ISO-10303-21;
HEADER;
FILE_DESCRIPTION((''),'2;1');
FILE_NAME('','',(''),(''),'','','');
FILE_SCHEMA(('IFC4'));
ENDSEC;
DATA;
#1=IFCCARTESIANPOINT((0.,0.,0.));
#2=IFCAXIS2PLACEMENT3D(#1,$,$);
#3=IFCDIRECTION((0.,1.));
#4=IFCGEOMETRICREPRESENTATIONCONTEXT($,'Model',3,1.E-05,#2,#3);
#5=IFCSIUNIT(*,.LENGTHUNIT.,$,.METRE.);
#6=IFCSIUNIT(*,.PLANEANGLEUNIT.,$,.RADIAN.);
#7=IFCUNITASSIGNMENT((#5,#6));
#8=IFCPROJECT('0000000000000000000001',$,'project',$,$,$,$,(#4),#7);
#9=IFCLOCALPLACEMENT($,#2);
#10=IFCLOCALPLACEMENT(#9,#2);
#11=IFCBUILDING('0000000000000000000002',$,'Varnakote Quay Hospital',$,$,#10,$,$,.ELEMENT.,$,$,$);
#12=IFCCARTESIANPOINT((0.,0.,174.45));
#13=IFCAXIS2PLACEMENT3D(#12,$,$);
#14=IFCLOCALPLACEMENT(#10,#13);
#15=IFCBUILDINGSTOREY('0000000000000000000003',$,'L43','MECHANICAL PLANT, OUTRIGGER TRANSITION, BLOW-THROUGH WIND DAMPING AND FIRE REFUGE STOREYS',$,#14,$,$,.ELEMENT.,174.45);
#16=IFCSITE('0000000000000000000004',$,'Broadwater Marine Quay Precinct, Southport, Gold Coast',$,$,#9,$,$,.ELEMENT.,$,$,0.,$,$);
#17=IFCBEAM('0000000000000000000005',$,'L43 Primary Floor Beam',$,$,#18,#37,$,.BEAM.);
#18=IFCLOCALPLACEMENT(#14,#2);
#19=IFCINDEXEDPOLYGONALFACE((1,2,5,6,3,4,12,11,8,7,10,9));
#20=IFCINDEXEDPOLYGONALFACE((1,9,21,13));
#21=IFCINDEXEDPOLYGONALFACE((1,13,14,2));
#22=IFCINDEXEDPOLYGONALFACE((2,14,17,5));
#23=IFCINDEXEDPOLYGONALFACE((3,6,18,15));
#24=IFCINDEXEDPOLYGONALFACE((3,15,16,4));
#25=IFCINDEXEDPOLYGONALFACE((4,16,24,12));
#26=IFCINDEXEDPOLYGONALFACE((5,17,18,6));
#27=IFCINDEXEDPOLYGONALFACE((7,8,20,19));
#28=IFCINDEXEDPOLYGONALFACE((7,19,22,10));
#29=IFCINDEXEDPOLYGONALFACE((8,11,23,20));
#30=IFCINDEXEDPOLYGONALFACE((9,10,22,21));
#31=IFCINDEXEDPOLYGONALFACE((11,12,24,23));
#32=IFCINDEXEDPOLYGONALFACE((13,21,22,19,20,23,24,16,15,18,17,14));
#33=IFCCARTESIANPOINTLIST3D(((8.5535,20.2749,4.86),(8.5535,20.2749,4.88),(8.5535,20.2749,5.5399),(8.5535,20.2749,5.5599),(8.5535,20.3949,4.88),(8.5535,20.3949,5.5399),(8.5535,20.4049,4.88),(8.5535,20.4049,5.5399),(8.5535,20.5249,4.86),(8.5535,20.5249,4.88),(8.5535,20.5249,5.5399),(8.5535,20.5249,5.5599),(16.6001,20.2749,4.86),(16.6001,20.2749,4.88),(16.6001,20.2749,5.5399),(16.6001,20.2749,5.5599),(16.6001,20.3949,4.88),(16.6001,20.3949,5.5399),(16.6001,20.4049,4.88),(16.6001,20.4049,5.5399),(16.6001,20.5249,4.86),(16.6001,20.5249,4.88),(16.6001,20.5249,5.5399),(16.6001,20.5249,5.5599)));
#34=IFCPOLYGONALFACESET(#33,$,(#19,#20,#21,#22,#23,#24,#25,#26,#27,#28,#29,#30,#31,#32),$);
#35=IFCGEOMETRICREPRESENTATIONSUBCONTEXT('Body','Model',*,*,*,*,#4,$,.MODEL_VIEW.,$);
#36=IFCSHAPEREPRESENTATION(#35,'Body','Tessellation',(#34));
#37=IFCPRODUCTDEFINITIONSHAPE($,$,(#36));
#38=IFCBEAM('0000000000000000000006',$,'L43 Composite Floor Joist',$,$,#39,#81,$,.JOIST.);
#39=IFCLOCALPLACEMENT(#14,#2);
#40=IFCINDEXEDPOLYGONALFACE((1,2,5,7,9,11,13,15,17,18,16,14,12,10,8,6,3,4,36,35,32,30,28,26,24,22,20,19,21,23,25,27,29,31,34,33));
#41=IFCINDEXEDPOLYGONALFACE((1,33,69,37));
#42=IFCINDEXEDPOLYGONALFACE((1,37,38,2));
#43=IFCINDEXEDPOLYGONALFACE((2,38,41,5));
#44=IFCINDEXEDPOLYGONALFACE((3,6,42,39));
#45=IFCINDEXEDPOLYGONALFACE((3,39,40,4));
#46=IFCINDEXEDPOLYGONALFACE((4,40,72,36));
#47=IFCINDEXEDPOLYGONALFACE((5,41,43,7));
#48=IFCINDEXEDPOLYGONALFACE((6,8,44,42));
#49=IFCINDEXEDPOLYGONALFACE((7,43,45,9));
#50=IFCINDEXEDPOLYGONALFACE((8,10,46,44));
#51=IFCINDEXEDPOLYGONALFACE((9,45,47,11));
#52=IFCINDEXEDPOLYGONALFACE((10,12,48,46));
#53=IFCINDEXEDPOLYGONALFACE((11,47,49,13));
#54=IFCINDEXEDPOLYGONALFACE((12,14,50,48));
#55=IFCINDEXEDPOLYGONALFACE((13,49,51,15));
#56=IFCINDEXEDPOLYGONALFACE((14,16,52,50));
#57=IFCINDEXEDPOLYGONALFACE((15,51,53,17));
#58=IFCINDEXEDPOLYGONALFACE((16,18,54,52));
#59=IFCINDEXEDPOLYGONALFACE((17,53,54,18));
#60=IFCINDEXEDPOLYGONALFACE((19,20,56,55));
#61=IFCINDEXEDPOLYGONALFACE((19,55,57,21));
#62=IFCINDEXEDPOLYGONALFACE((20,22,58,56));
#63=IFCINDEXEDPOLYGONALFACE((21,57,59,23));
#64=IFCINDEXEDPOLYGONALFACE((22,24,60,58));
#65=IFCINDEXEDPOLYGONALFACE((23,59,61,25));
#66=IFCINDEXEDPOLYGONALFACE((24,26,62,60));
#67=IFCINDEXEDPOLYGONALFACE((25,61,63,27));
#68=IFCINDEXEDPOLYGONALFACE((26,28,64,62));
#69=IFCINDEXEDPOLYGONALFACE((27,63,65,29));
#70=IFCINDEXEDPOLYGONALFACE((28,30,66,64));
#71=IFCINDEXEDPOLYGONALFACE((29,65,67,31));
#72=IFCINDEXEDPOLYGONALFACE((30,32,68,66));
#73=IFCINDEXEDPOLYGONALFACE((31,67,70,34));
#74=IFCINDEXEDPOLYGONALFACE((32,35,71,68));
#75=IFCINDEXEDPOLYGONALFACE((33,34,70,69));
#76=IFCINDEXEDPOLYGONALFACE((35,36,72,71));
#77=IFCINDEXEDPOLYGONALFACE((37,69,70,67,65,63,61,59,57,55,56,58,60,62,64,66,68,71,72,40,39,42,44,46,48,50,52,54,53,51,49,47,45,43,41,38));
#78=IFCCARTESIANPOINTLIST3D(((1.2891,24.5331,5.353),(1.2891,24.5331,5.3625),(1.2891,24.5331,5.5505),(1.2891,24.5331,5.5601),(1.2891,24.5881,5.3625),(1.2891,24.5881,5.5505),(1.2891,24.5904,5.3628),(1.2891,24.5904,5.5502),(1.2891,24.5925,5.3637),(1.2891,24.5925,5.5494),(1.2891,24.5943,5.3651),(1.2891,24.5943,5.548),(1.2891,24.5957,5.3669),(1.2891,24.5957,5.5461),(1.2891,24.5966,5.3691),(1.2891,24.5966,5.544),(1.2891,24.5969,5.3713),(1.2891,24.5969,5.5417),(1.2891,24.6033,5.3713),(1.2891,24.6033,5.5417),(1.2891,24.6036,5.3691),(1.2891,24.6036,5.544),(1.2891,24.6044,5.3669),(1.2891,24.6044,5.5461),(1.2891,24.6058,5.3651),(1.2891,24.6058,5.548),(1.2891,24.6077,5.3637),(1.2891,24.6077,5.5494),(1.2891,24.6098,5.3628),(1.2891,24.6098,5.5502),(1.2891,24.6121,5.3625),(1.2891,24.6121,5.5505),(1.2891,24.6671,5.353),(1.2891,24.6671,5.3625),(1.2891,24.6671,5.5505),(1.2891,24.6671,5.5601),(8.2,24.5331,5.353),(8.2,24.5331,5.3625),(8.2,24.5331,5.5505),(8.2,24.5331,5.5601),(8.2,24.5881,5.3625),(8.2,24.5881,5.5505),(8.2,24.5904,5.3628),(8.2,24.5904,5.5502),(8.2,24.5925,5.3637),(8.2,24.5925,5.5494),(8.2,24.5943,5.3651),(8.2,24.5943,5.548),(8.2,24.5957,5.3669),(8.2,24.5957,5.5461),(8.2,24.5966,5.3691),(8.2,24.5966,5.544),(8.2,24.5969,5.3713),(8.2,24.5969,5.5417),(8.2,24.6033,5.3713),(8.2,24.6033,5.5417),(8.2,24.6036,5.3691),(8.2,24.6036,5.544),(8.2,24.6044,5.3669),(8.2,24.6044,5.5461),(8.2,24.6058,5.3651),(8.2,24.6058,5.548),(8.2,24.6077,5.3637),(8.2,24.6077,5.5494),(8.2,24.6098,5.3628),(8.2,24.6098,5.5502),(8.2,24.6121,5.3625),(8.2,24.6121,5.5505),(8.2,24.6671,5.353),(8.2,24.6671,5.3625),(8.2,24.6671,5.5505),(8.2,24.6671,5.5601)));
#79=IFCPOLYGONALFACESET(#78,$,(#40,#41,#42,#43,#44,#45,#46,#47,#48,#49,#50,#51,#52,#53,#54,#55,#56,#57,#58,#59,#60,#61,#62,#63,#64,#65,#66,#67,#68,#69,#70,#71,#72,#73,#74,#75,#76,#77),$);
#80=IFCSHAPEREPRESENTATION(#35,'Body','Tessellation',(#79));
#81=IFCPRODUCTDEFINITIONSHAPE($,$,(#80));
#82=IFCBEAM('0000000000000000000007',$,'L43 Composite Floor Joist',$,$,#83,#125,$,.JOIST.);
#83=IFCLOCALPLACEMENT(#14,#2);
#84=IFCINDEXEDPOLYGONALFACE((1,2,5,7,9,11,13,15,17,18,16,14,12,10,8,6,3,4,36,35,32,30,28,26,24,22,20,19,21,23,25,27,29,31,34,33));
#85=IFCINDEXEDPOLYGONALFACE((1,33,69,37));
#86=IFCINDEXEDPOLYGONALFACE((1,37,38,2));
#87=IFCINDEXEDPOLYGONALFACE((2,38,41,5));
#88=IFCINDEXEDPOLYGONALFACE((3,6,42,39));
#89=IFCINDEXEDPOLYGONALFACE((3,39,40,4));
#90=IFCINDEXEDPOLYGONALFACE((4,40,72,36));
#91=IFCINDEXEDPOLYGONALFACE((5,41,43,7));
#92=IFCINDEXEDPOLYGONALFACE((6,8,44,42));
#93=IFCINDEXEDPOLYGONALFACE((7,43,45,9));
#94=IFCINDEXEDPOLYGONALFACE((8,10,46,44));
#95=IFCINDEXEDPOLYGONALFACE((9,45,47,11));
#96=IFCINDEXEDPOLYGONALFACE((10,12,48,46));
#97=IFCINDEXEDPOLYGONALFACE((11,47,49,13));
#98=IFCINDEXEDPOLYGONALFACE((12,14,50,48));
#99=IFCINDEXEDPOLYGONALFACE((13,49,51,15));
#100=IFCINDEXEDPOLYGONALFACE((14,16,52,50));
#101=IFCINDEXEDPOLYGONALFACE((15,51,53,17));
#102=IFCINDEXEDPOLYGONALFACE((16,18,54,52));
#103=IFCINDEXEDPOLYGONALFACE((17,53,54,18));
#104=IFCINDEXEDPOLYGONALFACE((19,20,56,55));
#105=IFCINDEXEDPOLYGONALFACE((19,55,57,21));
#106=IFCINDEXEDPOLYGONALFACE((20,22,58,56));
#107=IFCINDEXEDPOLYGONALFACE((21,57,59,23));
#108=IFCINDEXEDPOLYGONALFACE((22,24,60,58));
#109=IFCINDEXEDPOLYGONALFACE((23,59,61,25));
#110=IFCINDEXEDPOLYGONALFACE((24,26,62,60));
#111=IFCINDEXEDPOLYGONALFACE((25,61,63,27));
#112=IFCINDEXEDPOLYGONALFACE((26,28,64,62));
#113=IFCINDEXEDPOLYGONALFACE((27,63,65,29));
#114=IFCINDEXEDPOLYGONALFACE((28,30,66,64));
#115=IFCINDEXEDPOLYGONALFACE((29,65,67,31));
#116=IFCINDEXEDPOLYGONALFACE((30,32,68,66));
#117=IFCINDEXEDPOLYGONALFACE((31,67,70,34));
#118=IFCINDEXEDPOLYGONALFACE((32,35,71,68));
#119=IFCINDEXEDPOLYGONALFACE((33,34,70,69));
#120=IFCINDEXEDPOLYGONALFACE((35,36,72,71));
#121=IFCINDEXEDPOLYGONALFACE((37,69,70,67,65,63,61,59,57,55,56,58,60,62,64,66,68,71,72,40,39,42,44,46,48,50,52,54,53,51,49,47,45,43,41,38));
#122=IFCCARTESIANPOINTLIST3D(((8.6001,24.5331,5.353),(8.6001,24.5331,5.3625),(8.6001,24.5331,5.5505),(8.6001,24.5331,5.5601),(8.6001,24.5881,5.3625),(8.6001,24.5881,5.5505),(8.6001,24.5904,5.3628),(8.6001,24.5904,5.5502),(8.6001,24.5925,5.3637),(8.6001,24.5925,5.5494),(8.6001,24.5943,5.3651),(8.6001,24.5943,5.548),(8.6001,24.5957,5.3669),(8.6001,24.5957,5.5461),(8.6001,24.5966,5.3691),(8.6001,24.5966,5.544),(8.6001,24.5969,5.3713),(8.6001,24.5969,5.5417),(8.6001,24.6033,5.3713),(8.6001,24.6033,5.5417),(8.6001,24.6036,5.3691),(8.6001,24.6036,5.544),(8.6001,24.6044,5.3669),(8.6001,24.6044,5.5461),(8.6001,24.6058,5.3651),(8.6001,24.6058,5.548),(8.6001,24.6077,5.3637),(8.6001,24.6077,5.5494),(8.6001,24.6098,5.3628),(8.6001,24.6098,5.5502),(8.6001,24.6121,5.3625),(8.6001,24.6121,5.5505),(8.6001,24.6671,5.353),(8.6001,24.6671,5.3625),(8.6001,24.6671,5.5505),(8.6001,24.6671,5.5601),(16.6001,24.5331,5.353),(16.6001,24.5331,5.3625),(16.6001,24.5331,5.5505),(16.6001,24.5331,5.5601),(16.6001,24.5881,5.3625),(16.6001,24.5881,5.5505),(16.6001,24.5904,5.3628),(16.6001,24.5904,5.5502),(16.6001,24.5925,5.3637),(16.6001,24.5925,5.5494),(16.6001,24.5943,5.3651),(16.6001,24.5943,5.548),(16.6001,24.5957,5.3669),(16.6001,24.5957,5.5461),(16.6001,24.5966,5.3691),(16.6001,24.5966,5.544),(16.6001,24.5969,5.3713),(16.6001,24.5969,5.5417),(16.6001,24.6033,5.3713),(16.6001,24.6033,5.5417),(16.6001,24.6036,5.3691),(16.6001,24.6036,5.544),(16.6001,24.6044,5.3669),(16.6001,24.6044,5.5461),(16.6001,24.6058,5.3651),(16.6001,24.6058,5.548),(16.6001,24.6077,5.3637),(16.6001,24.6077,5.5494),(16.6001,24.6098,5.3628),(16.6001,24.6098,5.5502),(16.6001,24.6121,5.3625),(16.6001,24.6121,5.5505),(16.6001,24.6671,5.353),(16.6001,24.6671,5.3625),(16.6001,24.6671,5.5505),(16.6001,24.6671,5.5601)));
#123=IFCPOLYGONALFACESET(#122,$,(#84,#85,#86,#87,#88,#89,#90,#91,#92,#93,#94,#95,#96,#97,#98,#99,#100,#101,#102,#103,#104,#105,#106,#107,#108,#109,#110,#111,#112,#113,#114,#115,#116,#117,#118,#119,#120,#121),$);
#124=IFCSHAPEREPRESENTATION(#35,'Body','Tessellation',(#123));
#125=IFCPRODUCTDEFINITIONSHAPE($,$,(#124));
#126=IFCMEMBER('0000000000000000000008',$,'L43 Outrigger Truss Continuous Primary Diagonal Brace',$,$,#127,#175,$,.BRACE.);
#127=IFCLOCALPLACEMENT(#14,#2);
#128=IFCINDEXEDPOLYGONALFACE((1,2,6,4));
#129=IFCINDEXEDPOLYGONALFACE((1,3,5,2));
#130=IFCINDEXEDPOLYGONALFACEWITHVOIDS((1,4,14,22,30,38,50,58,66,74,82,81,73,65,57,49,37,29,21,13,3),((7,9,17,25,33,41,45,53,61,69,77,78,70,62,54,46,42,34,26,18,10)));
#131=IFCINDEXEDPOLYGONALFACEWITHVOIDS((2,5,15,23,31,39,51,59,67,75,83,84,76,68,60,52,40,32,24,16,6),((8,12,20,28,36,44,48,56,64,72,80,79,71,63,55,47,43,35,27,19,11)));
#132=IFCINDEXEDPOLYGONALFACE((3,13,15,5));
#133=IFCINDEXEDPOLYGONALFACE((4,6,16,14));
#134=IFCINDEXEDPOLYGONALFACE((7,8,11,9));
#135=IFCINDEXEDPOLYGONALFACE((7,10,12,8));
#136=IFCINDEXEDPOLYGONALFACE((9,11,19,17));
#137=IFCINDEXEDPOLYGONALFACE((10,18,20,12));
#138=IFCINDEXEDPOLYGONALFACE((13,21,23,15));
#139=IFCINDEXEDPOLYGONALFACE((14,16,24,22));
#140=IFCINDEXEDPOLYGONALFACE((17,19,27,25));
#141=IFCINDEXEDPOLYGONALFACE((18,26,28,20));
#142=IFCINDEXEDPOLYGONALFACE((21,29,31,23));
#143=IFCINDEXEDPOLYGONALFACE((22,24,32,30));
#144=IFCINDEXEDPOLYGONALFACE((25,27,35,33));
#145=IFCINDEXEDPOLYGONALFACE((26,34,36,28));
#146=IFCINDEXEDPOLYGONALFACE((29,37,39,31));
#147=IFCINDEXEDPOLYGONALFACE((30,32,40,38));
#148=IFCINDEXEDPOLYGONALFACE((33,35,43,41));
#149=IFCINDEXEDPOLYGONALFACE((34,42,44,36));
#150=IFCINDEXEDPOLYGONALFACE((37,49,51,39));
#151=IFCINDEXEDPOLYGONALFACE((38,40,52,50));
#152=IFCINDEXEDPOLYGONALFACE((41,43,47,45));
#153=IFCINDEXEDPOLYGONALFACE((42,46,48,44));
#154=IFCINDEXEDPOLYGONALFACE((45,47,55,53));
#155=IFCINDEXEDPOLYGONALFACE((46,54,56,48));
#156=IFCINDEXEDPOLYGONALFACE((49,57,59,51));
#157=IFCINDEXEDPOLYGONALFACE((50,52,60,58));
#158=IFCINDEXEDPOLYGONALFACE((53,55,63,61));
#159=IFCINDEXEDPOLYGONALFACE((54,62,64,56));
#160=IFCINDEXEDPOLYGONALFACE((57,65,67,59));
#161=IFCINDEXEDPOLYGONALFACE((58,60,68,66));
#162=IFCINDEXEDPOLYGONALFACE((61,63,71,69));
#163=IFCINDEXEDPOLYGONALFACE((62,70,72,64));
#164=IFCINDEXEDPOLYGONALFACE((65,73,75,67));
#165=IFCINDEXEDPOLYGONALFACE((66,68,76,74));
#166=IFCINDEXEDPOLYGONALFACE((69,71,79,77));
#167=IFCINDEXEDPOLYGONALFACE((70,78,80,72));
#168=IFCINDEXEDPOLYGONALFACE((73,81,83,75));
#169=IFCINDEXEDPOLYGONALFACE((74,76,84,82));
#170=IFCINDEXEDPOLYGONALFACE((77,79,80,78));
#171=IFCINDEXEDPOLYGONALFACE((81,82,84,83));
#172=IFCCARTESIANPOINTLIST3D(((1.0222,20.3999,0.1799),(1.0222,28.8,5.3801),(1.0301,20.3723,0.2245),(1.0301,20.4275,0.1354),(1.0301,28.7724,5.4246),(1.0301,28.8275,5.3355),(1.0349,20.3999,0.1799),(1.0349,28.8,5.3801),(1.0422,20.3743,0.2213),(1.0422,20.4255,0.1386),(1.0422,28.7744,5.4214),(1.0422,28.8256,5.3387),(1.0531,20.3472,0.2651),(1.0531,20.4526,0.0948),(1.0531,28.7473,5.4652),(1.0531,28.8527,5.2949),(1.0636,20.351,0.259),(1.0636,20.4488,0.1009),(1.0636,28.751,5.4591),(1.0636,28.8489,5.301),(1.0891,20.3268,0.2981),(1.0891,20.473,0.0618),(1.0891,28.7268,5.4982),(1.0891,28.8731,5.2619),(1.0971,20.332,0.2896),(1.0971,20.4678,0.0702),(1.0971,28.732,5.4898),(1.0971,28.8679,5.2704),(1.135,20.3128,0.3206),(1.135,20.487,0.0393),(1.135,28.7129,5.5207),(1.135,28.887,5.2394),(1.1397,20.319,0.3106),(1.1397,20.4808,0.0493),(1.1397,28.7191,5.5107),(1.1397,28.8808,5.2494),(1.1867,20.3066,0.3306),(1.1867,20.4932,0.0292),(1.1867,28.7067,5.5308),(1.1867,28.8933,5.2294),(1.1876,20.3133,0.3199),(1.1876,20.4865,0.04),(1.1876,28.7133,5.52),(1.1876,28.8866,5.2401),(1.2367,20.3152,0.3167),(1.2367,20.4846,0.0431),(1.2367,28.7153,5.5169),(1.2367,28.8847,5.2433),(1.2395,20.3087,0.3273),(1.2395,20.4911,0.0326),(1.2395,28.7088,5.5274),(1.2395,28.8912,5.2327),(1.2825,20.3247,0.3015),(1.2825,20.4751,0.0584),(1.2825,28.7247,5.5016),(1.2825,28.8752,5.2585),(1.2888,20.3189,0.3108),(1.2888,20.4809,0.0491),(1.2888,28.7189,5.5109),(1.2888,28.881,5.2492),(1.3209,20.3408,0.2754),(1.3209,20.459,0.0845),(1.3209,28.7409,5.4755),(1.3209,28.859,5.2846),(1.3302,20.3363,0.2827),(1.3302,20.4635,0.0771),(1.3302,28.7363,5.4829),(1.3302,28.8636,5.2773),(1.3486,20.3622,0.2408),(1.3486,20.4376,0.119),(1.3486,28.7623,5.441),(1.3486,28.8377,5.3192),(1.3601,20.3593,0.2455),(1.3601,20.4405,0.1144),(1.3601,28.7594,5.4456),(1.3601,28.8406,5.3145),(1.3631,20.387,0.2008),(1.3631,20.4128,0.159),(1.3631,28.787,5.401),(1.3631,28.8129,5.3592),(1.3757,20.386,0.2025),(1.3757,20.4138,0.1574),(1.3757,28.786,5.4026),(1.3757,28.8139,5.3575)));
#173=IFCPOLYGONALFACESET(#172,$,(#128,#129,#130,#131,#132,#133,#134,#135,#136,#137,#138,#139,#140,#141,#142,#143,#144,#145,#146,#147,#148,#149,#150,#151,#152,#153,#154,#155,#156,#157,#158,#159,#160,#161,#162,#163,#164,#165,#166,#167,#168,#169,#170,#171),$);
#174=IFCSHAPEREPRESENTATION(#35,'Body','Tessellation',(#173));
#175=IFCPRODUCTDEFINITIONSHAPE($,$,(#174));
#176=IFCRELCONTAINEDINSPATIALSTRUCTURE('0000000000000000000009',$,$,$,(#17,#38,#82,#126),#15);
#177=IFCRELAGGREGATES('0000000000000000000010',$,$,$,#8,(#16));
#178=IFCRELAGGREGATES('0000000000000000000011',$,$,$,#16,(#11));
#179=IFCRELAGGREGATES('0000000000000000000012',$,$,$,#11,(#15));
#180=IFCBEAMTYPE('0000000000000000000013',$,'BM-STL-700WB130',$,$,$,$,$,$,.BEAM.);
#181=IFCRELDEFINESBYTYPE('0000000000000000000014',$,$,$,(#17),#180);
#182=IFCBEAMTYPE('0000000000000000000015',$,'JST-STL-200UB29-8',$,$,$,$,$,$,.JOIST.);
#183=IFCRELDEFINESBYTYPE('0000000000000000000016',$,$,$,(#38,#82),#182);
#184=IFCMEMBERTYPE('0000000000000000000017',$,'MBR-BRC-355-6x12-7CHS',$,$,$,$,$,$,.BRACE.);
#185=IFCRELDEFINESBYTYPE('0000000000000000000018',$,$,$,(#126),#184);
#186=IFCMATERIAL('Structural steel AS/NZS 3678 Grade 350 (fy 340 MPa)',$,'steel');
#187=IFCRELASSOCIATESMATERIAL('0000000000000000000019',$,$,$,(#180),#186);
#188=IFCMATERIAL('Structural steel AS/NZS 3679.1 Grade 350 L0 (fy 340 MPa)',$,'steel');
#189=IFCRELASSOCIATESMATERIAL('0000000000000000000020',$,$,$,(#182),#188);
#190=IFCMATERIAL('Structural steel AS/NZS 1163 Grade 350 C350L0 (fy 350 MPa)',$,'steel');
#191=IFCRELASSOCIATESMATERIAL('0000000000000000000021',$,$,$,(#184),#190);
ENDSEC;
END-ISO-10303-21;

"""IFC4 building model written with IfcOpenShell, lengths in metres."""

from ifc_helpers import new_model, si_unit, direction, frame, origin, origin_2d, place, context, subcontext, project, spatial, hollow_circle, i_section, extrude, material, material_profile, profile_set, type_object, element, save


model = new_model("IFC4")

# Units and contexts
model_context = context("Model", 3, precision=1e-05, world=origin(), true_north=direction((0.0, 1.0)))
body_context = subcontext(model_context, "Body", "Model", "MODEL_VIEW")
ifc_project = project(units=[si_unit("LENGTHUNIT", "METRE"), si_unit("PLANEANGLEUNIT", "RADIAN")], contexts=[model_context])

# Site, building, storey
site_placement = place(None, origin())
site = spatial("IfcSite", under=ifc_project, at=site_placement, Name="Broadwater Marine Quay Precinct, Southport, Gold Coast", CompositionType="ELEMENT", RefElevation=0.0)
building_placement = place(site_placement, origin())
building = spatial("IfcBuilding", under=site, at=building_placement, Name="Varnakote Quay Hospital", CompositionType="ELEMENT")
storey_placement = place(building_placement, frame((0.0, 0.0, 174.45)))
storey = spatial("IfcBuildingStorey", under=building, at=storey_placement, Name="L43", Description="MECHANICAL PLANT, OUTRIGGER TRANSITION, BLOW-THROUGH WIND DAMPING AND FIRE REFUGE STOREYS", CompositionType="ELEMENT", Elevation=174.45)

# Beams
ifc_material_1 = material(Name="Structural steel AS/NZS 3678 Grade 350 (fy 340 MPa)", Category="steel")
ifc_material_profile_1 = material_profile(ifc_material_1, i_section(OverallWidth=0.25, OverallDepth=0.7, WebThickness=0.01, FlangeThickness=0.02, at=origin_2d()), Name="700WB130")
ifc_profile_set_1 = profile_set([ifc_material_profile_1], Name="Structural steel AS/NZS 3678 Grade 350 (fy 340 MPa)")
beam_type_1 = type_object("IfcBeamType", Name="BM-STL-700WB130", PredefinedType="BEAM", material=ifc_profile_set_1)
beam_1_placement = place(storey_placement, frame((8.5535, 20.3999, 5.21), z_axis=(1.0, 0.0, 0.0), x_axis=(0.0, 1.0, 0.0)))
element("IfcBeam", 1, at=beam_1_placement, inside=storey, type_object=beam_type_1, Name="L43 Primary Floor Beam", PredefinedType="BEAM", context=body_context, shape_type="SweptSolid", body=[
    extrude(i_section(OverallWidth=0.25, OverallDepth=0.7, WebThickness=0.01, FlangeThickness=0.02, at=origin_2d()), origin(), (0.0, 0.0, 1.0), 8.0466),
])
ifc_material_2 = material(Name="Structural steel AS/NZS 3679.1 Grade 350 L0 (fy 340 MPa)", Category="steel")
ifc_material_profile_2 = material_profile(ifc_material_2, i_section(OverallWidth=0.134, OverallDepth=0.207, WebThickness=0.0063, FlangeThickness=0.0095, FilletRadius=0.0088, at=origin_2d()), Name="200UB29.8")
ifc_profile_set_2 = profile_set([ifc_material_profile_2], Name="Structural steel AS/NZS 3679.1 Grade 350 L0 (fy 340 MPa)")
beam_type_2 = type_object("IfcBeamType", Name="JST-STL-200UB29-8", PredefinedType="JOIST", material=ifc_profile_set_2)
beam_2_placement = place(storey_placement, frame((1.2891, 24.6001, 5.4565), z_axis=(1.0, 0.0, 0.0), x_axis=(0.0, 1.0, 0.0)))
element("IfcBeam", 2, at=beam_2_placement, inside=storey, type_object=beam_type_2, Name="L43 Composite Floor Joist", PredefinedType="JOIST", context=body_context, shape_type="SweptSolid", body=[
    extrude(i_section(OverallWidth=0.134, OverallDepth=0.207, WebThickness=0.0063, FlangeThickness=0.0095, FilletRadius=0.0088, at=origin_2d()), origin(), (0.0, 0.0, 1.0), 6.9109),
])
beam_3_placement = place(storey_placement, frame((8.6001, 24.6001, 5.4565), z_axis=(1.0, 0.0, 0.0), x_axis=(0.0, 1.0, 0.0)))
element("IfcBeam", 3, at=beam_3_placement, inside=storey, type_object=beam_type_2, Name="L43 Composite Floor Joist", PredefinedType="JOIST", context=body_context, shape_type="SweptSolid", body=[
    extrude(i_section(OverallWidth=0.134, OverallDepth=0.207, WebThickness=0.0063, FlangeThickness=0.0095, FilletRadius=0.0088, at=origin_2d()), origin(), (0.0, 0.0, 1.0), 8.0),
])

# Member
ifc_material_3 = material(Name="Structural steel AS/NZS 1163 Grade 350 C350L0 (fy 350 MPa)", Category="steel")
ifc_material_profile_3 = material_profile(ifc_material_3, hollow_circle(Radius=0.1777, WallThickness=0.0127, at=origin_2d()), Name="355.6x12.7CHS")
ifc_profile_set_3 = profile_set([ifc_material_profile_3], Name="Structural steel AS/NZS 1163 Grade 350 C350L0 (fy 350 MPa)")
member_type_1 = type_object("IfcMemberType", Name="MBR-BRC-355-6x12-7CHS", PredefinedType="BRACE", material=ifc_profile_set_3)
for number, where, z_axis, x_axis, name in (
    (4, (1.2, 20.3999, 0.1799), (0.0, 0.85026, 0.526362), (-1.0, 0.0, 0.0), "L43 Outrigger Truss Continuous Primary Diagonal Brace"),
):
    element("IfcMember", number, at=place(storey_placement, frame(where, z_axis=z_axis, x_axis=x_axis)), inside=storey, type_object=member_type_1, Name=name, PredefinedType="BRACE", context=body_context, shape_type="SweptSolid", body=[
        extrude(hollow_circle(Radius=0.1777, WallThickness=0.0127, at=origin_2d()), origin(), (0.0, 0.0, 1.0), 9.8794),
    ])

save(model, "model.ifc")
